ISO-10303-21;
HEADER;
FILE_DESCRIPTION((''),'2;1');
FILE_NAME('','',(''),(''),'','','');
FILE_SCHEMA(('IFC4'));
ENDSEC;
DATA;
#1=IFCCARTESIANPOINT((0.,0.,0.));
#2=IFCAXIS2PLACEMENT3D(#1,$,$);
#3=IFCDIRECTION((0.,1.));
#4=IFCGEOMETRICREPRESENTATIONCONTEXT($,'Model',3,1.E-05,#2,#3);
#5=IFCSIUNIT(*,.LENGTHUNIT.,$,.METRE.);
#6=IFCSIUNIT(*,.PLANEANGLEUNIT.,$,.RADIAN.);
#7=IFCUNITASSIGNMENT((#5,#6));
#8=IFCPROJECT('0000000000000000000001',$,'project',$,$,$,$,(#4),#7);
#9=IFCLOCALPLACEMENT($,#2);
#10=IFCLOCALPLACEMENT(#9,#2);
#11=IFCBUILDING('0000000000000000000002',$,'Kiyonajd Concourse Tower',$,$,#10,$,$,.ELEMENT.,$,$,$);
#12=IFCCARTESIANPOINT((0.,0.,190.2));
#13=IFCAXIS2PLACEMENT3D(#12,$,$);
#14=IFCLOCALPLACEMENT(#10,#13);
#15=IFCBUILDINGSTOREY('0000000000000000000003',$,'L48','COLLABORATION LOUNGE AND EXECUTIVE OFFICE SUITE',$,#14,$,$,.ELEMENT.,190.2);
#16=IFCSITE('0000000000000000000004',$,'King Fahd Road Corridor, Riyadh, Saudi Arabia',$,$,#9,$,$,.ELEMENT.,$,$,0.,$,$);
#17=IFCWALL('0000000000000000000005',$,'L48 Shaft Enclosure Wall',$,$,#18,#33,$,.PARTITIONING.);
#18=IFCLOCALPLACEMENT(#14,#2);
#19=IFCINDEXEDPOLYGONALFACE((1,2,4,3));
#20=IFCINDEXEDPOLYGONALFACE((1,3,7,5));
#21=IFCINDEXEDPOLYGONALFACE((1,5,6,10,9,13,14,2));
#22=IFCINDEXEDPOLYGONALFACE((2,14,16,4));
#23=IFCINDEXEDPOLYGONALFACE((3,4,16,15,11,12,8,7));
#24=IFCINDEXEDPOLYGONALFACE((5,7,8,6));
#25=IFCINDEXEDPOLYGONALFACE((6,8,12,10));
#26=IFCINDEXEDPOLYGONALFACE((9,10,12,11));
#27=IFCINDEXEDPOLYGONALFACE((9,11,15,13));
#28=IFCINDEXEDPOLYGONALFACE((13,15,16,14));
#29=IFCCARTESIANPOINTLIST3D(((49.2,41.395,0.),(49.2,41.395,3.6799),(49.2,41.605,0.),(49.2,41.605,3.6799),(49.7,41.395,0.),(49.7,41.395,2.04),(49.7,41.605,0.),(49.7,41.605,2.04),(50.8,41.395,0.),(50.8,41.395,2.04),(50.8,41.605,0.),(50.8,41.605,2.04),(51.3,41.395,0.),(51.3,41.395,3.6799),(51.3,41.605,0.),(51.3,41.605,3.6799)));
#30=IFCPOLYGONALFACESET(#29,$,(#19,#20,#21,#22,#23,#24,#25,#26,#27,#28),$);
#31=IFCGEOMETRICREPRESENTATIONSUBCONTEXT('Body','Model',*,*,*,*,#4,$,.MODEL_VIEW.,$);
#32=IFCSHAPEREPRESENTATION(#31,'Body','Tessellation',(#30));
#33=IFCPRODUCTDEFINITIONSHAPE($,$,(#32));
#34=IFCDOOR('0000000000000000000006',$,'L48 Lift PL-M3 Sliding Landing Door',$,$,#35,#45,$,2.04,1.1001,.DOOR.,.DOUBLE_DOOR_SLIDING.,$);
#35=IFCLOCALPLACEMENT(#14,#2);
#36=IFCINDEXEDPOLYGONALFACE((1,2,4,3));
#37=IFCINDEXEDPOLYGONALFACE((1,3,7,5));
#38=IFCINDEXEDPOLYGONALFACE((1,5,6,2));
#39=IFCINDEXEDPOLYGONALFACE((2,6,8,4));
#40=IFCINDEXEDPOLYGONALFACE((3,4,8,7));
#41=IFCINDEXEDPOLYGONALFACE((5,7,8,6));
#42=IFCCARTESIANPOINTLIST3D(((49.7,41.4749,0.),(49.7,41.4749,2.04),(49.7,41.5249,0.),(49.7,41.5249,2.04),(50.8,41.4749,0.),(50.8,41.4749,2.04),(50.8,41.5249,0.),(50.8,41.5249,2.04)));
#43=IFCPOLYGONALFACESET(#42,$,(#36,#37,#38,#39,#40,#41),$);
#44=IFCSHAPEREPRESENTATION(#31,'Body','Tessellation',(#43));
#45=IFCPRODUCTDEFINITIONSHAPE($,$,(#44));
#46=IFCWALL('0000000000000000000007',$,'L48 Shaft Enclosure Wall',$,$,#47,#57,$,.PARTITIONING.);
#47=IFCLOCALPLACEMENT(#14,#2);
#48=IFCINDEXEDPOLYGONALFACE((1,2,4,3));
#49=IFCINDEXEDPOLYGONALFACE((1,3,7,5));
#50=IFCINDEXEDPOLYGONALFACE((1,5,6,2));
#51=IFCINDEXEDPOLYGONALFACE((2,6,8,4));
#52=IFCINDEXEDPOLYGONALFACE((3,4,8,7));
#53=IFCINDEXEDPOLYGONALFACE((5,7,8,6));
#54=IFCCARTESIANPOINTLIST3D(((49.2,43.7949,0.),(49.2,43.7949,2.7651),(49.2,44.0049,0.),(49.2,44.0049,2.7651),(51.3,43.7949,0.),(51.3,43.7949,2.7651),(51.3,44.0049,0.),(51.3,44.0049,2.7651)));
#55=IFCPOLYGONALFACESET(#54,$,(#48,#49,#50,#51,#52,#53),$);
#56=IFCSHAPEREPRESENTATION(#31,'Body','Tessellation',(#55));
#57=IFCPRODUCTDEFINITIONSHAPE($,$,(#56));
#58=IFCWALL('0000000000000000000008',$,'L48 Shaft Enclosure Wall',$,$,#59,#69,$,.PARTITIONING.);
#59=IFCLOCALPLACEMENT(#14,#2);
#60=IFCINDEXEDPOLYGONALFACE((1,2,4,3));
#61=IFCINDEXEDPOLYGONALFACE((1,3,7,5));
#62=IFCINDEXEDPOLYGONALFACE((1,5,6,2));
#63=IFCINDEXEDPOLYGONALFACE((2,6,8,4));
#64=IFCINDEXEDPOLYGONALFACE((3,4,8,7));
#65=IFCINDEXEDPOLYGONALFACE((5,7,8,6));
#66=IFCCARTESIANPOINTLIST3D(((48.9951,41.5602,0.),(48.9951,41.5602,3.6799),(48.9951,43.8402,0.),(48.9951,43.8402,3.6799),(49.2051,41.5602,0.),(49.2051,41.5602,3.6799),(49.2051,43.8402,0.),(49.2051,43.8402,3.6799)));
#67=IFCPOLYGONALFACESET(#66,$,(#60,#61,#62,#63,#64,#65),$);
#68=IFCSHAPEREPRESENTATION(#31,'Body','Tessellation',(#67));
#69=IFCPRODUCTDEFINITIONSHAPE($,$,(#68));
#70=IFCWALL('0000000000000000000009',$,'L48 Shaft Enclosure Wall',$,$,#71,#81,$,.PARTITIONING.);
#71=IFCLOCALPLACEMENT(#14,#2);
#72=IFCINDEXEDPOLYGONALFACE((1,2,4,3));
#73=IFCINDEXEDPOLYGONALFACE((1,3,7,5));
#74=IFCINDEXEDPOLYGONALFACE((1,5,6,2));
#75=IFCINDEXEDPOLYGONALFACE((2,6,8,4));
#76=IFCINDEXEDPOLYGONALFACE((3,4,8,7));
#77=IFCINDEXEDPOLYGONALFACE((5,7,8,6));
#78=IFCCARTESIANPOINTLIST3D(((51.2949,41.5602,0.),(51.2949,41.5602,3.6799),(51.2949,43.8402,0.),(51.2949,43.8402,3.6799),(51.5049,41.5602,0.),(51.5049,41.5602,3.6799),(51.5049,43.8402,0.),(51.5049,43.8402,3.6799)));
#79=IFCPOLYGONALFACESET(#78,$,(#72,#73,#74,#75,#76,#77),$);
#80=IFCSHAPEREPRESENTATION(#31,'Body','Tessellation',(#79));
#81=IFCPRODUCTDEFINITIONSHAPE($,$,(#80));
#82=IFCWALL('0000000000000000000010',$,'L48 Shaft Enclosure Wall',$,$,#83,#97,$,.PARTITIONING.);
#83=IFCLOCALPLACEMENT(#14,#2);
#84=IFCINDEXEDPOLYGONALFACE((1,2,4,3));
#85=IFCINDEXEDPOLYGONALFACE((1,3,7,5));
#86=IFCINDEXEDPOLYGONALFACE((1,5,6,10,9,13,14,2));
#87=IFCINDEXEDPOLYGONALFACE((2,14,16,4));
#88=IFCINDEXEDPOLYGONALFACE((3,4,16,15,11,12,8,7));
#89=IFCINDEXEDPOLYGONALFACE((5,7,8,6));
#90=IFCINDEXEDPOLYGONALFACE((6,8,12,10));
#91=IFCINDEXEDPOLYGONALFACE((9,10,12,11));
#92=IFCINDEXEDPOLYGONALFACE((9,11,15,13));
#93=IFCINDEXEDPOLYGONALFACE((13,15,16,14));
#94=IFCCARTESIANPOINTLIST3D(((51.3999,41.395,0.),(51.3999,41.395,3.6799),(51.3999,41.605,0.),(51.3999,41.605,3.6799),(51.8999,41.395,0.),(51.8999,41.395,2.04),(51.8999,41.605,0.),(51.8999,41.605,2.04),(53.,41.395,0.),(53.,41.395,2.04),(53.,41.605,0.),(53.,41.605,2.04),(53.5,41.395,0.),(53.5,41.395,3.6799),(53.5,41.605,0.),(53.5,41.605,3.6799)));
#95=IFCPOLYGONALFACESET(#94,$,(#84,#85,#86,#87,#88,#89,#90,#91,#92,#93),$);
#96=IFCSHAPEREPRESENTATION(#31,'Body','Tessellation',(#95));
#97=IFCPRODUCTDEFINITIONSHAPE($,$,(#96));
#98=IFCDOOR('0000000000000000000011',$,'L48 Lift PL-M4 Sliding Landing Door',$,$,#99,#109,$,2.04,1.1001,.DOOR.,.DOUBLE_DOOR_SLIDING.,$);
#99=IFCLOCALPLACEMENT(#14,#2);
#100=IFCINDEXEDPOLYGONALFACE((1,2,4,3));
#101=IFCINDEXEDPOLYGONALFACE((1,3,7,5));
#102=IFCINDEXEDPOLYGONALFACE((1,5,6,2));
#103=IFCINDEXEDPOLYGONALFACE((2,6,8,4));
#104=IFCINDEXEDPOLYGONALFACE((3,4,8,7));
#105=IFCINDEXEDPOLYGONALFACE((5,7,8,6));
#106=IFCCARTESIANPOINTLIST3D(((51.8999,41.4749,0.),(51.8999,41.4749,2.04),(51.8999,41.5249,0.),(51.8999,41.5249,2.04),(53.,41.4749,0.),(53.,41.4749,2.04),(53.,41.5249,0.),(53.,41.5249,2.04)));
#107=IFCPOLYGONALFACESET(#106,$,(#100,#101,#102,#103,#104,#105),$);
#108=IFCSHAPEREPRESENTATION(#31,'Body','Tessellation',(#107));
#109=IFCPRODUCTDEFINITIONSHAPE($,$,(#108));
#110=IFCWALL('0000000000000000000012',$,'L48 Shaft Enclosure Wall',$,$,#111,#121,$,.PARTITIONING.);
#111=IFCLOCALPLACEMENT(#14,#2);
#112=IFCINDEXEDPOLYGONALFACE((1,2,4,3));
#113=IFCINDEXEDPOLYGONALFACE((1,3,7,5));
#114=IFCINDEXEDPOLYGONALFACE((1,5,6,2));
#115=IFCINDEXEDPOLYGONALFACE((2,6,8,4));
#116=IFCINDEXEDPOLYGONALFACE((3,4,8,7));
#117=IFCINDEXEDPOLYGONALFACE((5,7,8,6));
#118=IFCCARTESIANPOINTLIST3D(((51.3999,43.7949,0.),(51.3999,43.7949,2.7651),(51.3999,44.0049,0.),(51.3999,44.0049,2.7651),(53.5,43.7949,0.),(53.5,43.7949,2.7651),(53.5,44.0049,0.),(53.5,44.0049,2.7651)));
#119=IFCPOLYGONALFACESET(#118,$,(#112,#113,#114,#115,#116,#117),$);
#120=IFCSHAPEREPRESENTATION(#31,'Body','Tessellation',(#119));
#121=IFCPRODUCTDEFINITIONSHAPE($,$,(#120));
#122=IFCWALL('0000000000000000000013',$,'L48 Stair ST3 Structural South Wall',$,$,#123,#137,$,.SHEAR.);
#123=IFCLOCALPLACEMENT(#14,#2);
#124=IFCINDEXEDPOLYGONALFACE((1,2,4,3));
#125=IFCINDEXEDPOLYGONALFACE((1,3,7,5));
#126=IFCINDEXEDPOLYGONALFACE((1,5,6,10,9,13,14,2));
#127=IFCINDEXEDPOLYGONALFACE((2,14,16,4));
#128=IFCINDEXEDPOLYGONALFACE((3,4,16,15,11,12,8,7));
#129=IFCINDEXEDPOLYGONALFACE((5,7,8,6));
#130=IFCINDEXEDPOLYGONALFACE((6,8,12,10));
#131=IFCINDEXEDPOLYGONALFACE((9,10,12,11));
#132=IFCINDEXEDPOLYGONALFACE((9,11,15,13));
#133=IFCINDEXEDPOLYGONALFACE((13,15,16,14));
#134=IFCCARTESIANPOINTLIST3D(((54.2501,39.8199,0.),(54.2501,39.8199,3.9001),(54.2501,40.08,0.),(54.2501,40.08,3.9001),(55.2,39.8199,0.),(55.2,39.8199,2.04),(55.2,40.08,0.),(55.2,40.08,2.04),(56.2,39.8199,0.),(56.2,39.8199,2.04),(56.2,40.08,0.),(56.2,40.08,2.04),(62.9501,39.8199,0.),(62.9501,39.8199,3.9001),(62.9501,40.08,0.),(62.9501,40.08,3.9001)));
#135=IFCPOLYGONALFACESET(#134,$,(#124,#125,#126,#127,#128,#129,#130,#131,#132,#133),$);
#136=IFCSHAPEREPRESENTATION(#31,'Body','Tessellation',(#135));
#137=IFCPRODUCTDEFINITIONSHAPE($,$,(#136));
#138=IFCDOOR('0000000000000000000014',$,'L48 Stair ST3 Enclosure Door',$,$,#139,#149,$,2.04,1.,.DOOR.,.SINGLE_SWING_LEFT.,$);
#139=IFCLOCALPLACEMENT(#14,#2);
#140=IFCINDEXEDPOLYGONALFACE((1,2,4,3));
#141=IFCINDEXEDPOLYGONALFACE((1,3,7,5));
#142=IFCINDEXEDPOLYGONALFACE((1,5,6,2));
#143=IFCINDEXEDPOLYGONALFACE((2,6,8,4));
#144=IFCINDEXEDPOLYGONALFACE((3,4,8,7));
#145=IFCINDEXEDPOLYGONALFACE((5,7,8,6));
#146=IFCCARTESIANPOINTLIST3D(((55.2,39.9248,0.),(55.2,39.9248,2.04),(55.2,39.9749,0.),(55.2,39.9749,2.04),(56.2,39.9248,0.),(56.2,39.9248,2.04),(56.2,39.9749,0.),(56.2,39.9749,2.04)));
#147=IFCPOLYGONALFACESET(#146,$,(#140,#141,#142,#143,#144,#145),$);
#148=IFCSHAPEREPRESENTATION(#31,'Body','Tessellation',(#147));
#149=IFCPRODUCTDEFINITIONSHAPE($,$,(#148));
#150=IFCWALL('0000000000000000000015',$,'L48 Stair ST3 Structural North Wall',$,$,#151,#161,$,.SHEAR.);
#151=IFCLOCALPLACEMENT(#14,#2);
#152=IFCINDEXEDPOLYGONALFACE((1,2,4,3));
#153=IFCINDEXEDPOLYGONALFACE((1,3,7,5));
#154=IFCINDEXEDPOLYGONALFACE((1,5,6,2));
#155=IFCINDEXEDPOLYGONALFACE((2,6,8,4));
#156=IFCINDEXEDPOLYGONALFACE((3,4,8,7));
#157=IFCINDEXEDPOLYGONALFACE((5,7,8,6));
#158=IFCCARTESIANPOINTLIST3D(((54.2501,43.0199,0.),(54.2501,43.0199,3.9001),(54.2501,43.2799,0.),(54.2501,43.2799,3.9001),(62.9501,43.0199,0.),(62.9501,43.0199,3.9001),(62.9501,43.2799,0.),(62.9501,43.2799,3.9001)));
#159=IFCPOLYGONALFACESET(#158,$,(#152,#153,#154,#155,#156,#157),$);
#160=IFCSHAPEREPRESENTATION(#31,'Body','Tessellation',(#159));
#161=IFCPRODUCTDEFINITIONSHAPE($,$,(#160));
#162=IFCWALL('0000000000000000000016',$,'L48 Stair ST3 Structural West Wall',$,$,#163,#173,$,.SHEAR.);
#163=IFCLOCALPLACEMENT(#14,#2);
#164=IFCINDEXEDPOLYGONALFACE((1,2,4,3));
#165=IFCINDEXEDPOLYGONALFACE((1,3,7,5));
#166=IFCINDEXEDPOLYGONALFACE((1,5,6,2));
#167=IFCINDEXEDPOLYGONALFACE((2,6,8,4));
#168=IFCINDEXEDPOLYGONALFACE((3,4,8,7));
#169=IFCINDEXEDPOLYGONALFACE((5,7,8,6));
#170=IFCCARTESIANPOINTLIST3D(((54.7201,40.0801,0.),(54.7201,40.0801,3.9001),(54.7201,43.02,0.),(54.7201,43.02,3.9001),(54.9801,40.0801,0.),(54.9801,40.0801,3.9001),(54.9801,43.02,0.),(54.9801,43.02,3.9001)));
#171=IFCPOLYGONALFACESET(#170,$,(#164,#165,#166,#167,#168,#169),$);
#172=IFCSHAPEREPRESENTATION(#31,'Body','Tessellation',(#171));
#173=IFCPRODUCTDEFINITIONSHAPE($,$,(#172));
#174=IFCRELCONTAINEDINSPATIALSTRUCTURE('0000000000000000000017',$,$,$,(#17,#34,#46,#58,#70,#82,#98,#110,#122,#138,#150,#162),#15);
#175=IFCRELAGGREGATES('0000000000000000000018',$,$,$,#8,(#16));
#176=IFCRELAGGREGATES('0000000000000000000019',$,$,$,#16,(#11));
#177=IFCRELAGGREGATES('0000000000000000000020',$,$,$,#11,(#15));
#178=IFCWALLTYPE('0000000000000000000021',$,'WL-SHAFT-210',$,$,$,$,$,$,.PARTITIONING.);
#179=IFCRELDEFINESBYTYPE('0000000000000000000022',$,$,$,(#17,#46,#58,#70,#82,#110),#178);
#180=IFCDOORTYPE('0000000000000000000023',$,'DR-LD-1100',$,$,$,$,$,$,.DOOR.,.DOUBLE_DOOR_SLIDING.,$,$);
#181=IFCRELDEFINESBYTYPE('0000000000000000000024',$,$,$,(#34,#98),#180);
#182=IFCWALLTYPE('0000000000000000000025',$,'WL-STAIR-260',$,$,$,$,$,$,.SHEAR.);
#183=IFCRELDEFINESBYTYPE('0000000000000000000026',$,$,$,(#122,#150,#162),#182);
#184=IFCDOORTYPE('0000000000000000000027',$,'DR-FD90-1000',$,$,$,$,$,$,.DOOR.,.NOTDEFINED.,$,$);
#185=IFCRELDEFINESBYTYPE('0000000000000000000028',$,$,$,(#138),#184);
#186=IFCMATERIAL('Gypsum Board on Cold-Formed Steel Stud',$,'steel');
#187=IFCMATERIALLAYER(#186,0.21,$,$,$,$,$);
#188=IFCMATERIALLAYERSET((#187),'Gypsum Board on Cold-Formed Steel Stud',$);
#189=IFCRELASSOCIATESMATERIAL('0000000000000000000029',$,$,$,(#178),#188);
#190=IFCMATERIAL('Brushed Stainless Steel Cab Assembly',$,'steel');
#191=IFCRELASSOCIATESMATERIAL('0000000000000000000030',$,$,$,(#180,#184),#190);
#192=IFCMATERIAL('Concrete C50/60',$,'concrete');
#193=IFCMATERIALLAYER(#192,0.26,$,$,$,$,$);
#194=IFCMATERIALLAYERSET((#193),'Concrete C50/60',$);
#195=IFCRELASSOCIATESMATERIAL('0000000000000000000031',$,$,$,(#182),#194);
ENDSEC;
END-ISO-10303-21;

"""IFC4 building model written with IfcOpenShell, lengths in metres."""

from ifc_helpers import new_model, si_unit, direction, frame, frame_2d, origin, place, context, subcontext, project, spatial, rectangle, extrude, material, layer, layer_set, type_object, element, fill, save


model = new_model("IFC4")

# Units and contexts
model_context = context("Model", 3, precision=1e-05, world=origin(), true_north=direction((0.0, 1.0)))
body_context = subcontext(model_context, "Body", "Model", "MODEL_VIEW")
ifc_project = project(units=[si_unit("LENGTHUNIT", "METRE"), si_unit("PLANEANGLEUNIT", "RADIAN")], contexts=[model_context])

# Site, building, storey
site_placement = place(None, origin())
site = spatial("IfcSite", under=ifc_project, at=site_placement, Name="King Fahd Road Corridor, Riyadh, Saudi Arabia", CompositionType="ELEMENT", RefElevation=0.0)
building_placement = place(site_placement, origin())
building = spatial("IfcBuilding", under=site, at=building_placement, Name="Kiyonajd Concourse Tower", CompositionType="ELEMENT")
storey_placement = place(building_placement, frame((0.0, 0.0, 190.2)))
storey = spatial("IfcBuildingStorey", under=building, at=storey_placement, Name="L48", Description="COLLABORATION LOUNGE AND EXECUTIVE OFFICE SUITE", CompositionType="ELEMENT", Elevation=190.2)

# Shared definitions
ifc_material_1 = material(Name="Concrete C50/60", Category="concrete")

# Shared definitions
ifc_material_2 = material(Name="Gypsum Board on Cold-Formed Steel Stud", Category="steel")
ifc_layer_1 = layer(ifc_material_2, 0.21)
ifc_layer_set_1 = layer_set([ifc_layer_1], Name="Gypsum Board on Cold-Formed Steel Stud")
wall_type_1 = type_object("IfcWallType", Name="WL-SHAFT-210", PredefinedType="PARTITIONING", material=ifc_layer_set_1)

# Shared definitions
ifc_material_3 = material(Name="Brushed Stainless Steel Cab Assembly", Category="steel")
door_type_1 = type_object("IfcDoorType", Name="DR-LD-1100", OperationType="DOUBLE_DOOR_SLIDING", PredefinedType="DOOR", material=ifc_material_3)

# Wall, opening, door
wall_1_placement = place(storey_placement, frame((49.2, 41.5, 0.0), z_axis=(0.0, 0.0, 1.0), x_axis=(1.0, 0.0, 0.0)))
wall_1 = element("IfcWall", 1, at=wall_1_placement, inside=storey, type_object=wall_type_1, Name="L48 Shaft Enclosure Wall", PredefinedType="PARTITIONING", context=body_context, shape_type="SweptSolid", body=[
    extrude(rectangle(XDim=2.1001, YDim=0.21, at=frame_2d((1.05, 0.0))), origin(), (0.0, 0.0, 1.0), 3.6799),
])
opening_1_placement = place(wall_1_placement, frame((0.5, 0.0, 0.0)))
opening_1 = element("IfcOpeningElement", 2, at=opening_1_placement, cuts=wall_1, PredefinedType="OPENING", context=body_context, shape_type="SweptSolid", body=[
    extrude(rectangle(XDim=1.1001, YDim=2.04, at=frame_2d((0.55, 1.02))), frame((0.0, 0.115, 0.0), z_axis=(0.0, -1.0, 0.0), x_axis=(1.0, 0.0, 0.0)), (0.0, 0.0, 1.0), 0.23),
])
door_1_placement = place(opening_1_placement, origin())
door_1 = element("IfcDoor", 3, at=door_1_placement, inside=storey, type_object=door_type_1, Name="L48 Lift PL-M3 Sliding Landing Door", OperationType="DOUBLE_DOOR_SLIDING", OverallHeight=2.04, OverallWidth=1.1001, PredefinedType="DOOR", context=body_context, shape_type="SweptSolid", body=[
    extrude(rectangle(XDim=1.1001, YDim=2.04, at=frame_2d((0.55, 1.02))), frame((0.0, 0.0249, 0.0), z_axis=(0.0, -1.0, 0.0), x_axis=(1.0, 0.0, 0.0)), (0.0, 0.0, 1.0), 0.05),
])
fill(opening_1, door_1)

# Walls
wall_2_placement = place(storey_placement, frame((49.2, 43.8999, 0.0), z_axis=(0.0, 0.0, 1.0), x_axis=(1.0, 0.0, 0.0)))
element("IfcWall", 4, at=wall_2_placement, inside=storey, type_object=wall_type_1, Name="L48 Shaft Enclosure Wall", PredefinedType="PARTITIONING", context=body_context, shape_type="SweptSolid", body=[
    extrude(rectangle(XDim=2.1001, YDim=0.21, at=frame_2d((1.05, 0.0))), origin(), (0.0, 0.0, 1.0), 2.7651),
])
for number, where, z_axis, x_axis, name in (
    (5, (49.1001, 41.5601, 0.0), (0.0, 0.0, 1.0), (0.0, 1.0, 0.0), "L48 Shaft Enclosure Wall"),
    (6, (51.3999, 41.5601, 0.0), (0.0, 0.0, 1.0), (0.0, 1.0, 0.0), "L48 Shaft Enclosure Wall"),
):
    element("IfcWall", number, at=place(storey_placement, frame(where, z_axis=z_axis, x_axis=x_axis)), inside=storey, type_object=wall_type_1, Name=name, PredefinedType="PARTITIONING", context=body_context, shape_type="SweptSolid", body=[
        extrude(rectangle(XDim=2.28, YDim=0.21, at=frame_2d((1.1401, 0.0))), origin(), (0.0, 0.0, 1.0), 3.6799),
    ])

# Wall, opening, door
wall_3_placement = place(storey_placement, frame((51.3999, 41.5, 0.0), z_axis=(0.0, 0.0, 1.0), x_axis=(1.0, 0.0, 0.0)))
wall_3 = element("IfcWall", 7, at=wall_3_placement, inside=storey, type_object=wall_type_1, Name="L48 Shaft Enclosure Wall", PredefinedType="PARTITIONING", context=body_context, shape_type="SweptSolid", body=[
    extrude(rectangle(XDim=2.1001, YDim=0.21, at=frame_2d((1.05, 0.0))), origin(), (0.0, 0.0, 1.0), 3.6799),
])
opening_2_placement = place(wall_3_placement, frame((0.5, 0.0, 0.0)))
opening_2 = element("IfcOpeningElement", 8, at=opening_2_placement, cuts=wall_3, PredefinedType="OPENING", context=body_context, shape_type="SweptSolid", body=[
    extrude(rectangle(XDim=1.1001, YDim=2.04, at=frame_2d((0.55, 1.02))), frame((0.0, 0.115, 0.0), z_axis=(0.0, -1.0, 0.0), x_axis=(1.0, 0.0, 0.0)), (0.0, 0.0, 1.0), 0.23),
])
door_2_placement = place(opening_2_placement, origin())
door_2 = element("IfcDoor", 9, at=door_2_placement, inside=storey, type_object=door_type_1, Name="L48 Lift PL-M4 Sliding Landing Door", OperationType="DOUBLE_DOOR_SLIDING", OverallHeight=2.04, OverallWidth=1.1001, PredefinedType="DOOR", context=body_context, shape_type="SweptSolid", body=[
    extrude(rectangle(XDim=1.1001, YDim=2.04, at=frame_2d((0.55, 1.02))), frame((0.0, 0.0249, 0.0), z_axis=(0.0, -1.0, 0.0), x_axis=(1.0, 0.0, 0.0)), (0.0, 0.0, 1.0), 0.05),
])
fill(opening_2, door_2)

# Wall
wall_4_placement = place(storey_placement, frame((51.3999, 43.8999, 0.0), z_axis=(0.0, 0.0, 1.0), x_axis=(1.0, 0.0, 0.0)))
element("IfcWall", 10, at=wall_4_placement, inside=storey, type_object=wall_type_1, Name="L48 Shaft Enclosure Wall", PredefinedType="PARTITIONING", context=body_context, shape_type="SweptSolid", body=[
    extrude(rectangle(XDim=2.1001, YDim=0.21, at=frame_2d((1.05, 0.0))), origin(), (0.0, 0.0, 1.0), 2.7651),
])

# Wall, opening, door
ifc_layer_2 = layer(ifc_material_1, 0.26)
ifc_layer_set_2 = layer_set([ifc_layer_2], Name="Concrete C50/60")
wall_type_2 = type_object("IfcWallType", Name="WL-STAIR-260", PredefinedType="SHEAR", material=ifc_layer_set_2)
wall_5_placement = place(storey_placement, frame((54.25, 39.95, 0.0), z_axis=(0.0, 0.0, 1.0), x_axis=(1.0, 0.0, 0.0)))
wall_5 = element("IfcWall", 11, at=wall_5_placement, inside=storey, type_object=wall_type_2, Name="L48 Stair ST3 Structural South Wall", PredefinedType="SHEAR", context=body_context, shape_type="SweptSolid", body=[
    extrude(rectangle(XDim=8.7, YDim=0.26, at=frame_2d((4.3501, 0.0))), origin(), (0.0, 0.0, 1.0), 3.9001),
])
opening_3_placement = place(wall_5_placement, frame((0.95, 0.0, 0.0)))
opening_3 = element("IfcOpeningElement", 12, at=opening_3_placement, cuts=wall_5, PredefinedType="OPENING", context=body_context, shape_type="SweptSolid", body=[
    extrude(rectangle(XDim=1.0, YDim=2.04, at=frame_2d((0.5, 1.02))), frame((0.0, 0.1399, 0.0), z_axis=(0.0, -1.0, 0.0), x_axis=(1.0, 0.0, 0.0)), (0.0, 0.0, 1.0), 0.28),
])
door_type_2 = type_object("IfcDoorType", Name="DR-FD90-1000", OperationType="NOTDEFINED", PredefinedType="DOOR", material=ifc_material_3)
door_3_placement = place(opening_3_placement, origin())
door_3 = element("IfcDoor", 13, at=door_3_placement, inside=storey, type_object=door_type_2, Name="L48 Stair ST3 Enclosure Door", OperationType="SINGLE_SWING_LEFT", OverallHeight=2.04, OverallWidth=1.0, PredefinedType="DOOR", context=body_context, shape_type="SweptSolid", body=[
    extrude(rectangle(XDim=1.0, YDim=2.04, at=frame_2d((0.5, 1.02))), frame((0.0, 0.0249, 0.0), z_axis=(0.0, -1.0, 0.0), x_axis=(1.0, 0.0, 0.0)), (0.0, 0.0, 1.0), 0.05),
])
fill(opening_3, door_3)

# Walls
wall_6_placement = place(storey_placement, frame((54.25, 43.1499, 0.0), z_axis=(0.0, 0.0, 1.0), x_axis=(1.0, 0.0, 0.0)))
element("IfcWall", 14, at=wall_6_placement, inside=storey, type_object=wall_type_2, Name="L48 Stair ST3 Structural North Wall", PredefinedType="SHEAR", context=body_context, shape_type="SweptSolid", body=[
    extrude(rectangle(XDim=8.7, YDim=0.26, at=frame_2d((4.3501, 0.0))), origin(), (0.0, 0.0, 1.0), 3.9001),
])
wall_7_placement = place(storey_placement, frame((54.8501, 40.0801, 0.0), z_axis=(0.0, 0.0, 1.0), x_axis=(0.0, 1.0, 0.0)))
element("IfcWall", 15, at=wall_7_placement, inside=storey, type_object=wall_type_2, Name="L48 Stair ST3 Structural West Wall", PredefinedType="SHEAR", context=body_context, shape_type="SweptSolid", body=[
    extrude(rectangle(XDim=2.9399, YDim=0.26, at=frame_2d((1.47, 0.0))), origin(), (0.0, 0.0, 1.0), 3.9001),
])

save(model, "model.ifc")
